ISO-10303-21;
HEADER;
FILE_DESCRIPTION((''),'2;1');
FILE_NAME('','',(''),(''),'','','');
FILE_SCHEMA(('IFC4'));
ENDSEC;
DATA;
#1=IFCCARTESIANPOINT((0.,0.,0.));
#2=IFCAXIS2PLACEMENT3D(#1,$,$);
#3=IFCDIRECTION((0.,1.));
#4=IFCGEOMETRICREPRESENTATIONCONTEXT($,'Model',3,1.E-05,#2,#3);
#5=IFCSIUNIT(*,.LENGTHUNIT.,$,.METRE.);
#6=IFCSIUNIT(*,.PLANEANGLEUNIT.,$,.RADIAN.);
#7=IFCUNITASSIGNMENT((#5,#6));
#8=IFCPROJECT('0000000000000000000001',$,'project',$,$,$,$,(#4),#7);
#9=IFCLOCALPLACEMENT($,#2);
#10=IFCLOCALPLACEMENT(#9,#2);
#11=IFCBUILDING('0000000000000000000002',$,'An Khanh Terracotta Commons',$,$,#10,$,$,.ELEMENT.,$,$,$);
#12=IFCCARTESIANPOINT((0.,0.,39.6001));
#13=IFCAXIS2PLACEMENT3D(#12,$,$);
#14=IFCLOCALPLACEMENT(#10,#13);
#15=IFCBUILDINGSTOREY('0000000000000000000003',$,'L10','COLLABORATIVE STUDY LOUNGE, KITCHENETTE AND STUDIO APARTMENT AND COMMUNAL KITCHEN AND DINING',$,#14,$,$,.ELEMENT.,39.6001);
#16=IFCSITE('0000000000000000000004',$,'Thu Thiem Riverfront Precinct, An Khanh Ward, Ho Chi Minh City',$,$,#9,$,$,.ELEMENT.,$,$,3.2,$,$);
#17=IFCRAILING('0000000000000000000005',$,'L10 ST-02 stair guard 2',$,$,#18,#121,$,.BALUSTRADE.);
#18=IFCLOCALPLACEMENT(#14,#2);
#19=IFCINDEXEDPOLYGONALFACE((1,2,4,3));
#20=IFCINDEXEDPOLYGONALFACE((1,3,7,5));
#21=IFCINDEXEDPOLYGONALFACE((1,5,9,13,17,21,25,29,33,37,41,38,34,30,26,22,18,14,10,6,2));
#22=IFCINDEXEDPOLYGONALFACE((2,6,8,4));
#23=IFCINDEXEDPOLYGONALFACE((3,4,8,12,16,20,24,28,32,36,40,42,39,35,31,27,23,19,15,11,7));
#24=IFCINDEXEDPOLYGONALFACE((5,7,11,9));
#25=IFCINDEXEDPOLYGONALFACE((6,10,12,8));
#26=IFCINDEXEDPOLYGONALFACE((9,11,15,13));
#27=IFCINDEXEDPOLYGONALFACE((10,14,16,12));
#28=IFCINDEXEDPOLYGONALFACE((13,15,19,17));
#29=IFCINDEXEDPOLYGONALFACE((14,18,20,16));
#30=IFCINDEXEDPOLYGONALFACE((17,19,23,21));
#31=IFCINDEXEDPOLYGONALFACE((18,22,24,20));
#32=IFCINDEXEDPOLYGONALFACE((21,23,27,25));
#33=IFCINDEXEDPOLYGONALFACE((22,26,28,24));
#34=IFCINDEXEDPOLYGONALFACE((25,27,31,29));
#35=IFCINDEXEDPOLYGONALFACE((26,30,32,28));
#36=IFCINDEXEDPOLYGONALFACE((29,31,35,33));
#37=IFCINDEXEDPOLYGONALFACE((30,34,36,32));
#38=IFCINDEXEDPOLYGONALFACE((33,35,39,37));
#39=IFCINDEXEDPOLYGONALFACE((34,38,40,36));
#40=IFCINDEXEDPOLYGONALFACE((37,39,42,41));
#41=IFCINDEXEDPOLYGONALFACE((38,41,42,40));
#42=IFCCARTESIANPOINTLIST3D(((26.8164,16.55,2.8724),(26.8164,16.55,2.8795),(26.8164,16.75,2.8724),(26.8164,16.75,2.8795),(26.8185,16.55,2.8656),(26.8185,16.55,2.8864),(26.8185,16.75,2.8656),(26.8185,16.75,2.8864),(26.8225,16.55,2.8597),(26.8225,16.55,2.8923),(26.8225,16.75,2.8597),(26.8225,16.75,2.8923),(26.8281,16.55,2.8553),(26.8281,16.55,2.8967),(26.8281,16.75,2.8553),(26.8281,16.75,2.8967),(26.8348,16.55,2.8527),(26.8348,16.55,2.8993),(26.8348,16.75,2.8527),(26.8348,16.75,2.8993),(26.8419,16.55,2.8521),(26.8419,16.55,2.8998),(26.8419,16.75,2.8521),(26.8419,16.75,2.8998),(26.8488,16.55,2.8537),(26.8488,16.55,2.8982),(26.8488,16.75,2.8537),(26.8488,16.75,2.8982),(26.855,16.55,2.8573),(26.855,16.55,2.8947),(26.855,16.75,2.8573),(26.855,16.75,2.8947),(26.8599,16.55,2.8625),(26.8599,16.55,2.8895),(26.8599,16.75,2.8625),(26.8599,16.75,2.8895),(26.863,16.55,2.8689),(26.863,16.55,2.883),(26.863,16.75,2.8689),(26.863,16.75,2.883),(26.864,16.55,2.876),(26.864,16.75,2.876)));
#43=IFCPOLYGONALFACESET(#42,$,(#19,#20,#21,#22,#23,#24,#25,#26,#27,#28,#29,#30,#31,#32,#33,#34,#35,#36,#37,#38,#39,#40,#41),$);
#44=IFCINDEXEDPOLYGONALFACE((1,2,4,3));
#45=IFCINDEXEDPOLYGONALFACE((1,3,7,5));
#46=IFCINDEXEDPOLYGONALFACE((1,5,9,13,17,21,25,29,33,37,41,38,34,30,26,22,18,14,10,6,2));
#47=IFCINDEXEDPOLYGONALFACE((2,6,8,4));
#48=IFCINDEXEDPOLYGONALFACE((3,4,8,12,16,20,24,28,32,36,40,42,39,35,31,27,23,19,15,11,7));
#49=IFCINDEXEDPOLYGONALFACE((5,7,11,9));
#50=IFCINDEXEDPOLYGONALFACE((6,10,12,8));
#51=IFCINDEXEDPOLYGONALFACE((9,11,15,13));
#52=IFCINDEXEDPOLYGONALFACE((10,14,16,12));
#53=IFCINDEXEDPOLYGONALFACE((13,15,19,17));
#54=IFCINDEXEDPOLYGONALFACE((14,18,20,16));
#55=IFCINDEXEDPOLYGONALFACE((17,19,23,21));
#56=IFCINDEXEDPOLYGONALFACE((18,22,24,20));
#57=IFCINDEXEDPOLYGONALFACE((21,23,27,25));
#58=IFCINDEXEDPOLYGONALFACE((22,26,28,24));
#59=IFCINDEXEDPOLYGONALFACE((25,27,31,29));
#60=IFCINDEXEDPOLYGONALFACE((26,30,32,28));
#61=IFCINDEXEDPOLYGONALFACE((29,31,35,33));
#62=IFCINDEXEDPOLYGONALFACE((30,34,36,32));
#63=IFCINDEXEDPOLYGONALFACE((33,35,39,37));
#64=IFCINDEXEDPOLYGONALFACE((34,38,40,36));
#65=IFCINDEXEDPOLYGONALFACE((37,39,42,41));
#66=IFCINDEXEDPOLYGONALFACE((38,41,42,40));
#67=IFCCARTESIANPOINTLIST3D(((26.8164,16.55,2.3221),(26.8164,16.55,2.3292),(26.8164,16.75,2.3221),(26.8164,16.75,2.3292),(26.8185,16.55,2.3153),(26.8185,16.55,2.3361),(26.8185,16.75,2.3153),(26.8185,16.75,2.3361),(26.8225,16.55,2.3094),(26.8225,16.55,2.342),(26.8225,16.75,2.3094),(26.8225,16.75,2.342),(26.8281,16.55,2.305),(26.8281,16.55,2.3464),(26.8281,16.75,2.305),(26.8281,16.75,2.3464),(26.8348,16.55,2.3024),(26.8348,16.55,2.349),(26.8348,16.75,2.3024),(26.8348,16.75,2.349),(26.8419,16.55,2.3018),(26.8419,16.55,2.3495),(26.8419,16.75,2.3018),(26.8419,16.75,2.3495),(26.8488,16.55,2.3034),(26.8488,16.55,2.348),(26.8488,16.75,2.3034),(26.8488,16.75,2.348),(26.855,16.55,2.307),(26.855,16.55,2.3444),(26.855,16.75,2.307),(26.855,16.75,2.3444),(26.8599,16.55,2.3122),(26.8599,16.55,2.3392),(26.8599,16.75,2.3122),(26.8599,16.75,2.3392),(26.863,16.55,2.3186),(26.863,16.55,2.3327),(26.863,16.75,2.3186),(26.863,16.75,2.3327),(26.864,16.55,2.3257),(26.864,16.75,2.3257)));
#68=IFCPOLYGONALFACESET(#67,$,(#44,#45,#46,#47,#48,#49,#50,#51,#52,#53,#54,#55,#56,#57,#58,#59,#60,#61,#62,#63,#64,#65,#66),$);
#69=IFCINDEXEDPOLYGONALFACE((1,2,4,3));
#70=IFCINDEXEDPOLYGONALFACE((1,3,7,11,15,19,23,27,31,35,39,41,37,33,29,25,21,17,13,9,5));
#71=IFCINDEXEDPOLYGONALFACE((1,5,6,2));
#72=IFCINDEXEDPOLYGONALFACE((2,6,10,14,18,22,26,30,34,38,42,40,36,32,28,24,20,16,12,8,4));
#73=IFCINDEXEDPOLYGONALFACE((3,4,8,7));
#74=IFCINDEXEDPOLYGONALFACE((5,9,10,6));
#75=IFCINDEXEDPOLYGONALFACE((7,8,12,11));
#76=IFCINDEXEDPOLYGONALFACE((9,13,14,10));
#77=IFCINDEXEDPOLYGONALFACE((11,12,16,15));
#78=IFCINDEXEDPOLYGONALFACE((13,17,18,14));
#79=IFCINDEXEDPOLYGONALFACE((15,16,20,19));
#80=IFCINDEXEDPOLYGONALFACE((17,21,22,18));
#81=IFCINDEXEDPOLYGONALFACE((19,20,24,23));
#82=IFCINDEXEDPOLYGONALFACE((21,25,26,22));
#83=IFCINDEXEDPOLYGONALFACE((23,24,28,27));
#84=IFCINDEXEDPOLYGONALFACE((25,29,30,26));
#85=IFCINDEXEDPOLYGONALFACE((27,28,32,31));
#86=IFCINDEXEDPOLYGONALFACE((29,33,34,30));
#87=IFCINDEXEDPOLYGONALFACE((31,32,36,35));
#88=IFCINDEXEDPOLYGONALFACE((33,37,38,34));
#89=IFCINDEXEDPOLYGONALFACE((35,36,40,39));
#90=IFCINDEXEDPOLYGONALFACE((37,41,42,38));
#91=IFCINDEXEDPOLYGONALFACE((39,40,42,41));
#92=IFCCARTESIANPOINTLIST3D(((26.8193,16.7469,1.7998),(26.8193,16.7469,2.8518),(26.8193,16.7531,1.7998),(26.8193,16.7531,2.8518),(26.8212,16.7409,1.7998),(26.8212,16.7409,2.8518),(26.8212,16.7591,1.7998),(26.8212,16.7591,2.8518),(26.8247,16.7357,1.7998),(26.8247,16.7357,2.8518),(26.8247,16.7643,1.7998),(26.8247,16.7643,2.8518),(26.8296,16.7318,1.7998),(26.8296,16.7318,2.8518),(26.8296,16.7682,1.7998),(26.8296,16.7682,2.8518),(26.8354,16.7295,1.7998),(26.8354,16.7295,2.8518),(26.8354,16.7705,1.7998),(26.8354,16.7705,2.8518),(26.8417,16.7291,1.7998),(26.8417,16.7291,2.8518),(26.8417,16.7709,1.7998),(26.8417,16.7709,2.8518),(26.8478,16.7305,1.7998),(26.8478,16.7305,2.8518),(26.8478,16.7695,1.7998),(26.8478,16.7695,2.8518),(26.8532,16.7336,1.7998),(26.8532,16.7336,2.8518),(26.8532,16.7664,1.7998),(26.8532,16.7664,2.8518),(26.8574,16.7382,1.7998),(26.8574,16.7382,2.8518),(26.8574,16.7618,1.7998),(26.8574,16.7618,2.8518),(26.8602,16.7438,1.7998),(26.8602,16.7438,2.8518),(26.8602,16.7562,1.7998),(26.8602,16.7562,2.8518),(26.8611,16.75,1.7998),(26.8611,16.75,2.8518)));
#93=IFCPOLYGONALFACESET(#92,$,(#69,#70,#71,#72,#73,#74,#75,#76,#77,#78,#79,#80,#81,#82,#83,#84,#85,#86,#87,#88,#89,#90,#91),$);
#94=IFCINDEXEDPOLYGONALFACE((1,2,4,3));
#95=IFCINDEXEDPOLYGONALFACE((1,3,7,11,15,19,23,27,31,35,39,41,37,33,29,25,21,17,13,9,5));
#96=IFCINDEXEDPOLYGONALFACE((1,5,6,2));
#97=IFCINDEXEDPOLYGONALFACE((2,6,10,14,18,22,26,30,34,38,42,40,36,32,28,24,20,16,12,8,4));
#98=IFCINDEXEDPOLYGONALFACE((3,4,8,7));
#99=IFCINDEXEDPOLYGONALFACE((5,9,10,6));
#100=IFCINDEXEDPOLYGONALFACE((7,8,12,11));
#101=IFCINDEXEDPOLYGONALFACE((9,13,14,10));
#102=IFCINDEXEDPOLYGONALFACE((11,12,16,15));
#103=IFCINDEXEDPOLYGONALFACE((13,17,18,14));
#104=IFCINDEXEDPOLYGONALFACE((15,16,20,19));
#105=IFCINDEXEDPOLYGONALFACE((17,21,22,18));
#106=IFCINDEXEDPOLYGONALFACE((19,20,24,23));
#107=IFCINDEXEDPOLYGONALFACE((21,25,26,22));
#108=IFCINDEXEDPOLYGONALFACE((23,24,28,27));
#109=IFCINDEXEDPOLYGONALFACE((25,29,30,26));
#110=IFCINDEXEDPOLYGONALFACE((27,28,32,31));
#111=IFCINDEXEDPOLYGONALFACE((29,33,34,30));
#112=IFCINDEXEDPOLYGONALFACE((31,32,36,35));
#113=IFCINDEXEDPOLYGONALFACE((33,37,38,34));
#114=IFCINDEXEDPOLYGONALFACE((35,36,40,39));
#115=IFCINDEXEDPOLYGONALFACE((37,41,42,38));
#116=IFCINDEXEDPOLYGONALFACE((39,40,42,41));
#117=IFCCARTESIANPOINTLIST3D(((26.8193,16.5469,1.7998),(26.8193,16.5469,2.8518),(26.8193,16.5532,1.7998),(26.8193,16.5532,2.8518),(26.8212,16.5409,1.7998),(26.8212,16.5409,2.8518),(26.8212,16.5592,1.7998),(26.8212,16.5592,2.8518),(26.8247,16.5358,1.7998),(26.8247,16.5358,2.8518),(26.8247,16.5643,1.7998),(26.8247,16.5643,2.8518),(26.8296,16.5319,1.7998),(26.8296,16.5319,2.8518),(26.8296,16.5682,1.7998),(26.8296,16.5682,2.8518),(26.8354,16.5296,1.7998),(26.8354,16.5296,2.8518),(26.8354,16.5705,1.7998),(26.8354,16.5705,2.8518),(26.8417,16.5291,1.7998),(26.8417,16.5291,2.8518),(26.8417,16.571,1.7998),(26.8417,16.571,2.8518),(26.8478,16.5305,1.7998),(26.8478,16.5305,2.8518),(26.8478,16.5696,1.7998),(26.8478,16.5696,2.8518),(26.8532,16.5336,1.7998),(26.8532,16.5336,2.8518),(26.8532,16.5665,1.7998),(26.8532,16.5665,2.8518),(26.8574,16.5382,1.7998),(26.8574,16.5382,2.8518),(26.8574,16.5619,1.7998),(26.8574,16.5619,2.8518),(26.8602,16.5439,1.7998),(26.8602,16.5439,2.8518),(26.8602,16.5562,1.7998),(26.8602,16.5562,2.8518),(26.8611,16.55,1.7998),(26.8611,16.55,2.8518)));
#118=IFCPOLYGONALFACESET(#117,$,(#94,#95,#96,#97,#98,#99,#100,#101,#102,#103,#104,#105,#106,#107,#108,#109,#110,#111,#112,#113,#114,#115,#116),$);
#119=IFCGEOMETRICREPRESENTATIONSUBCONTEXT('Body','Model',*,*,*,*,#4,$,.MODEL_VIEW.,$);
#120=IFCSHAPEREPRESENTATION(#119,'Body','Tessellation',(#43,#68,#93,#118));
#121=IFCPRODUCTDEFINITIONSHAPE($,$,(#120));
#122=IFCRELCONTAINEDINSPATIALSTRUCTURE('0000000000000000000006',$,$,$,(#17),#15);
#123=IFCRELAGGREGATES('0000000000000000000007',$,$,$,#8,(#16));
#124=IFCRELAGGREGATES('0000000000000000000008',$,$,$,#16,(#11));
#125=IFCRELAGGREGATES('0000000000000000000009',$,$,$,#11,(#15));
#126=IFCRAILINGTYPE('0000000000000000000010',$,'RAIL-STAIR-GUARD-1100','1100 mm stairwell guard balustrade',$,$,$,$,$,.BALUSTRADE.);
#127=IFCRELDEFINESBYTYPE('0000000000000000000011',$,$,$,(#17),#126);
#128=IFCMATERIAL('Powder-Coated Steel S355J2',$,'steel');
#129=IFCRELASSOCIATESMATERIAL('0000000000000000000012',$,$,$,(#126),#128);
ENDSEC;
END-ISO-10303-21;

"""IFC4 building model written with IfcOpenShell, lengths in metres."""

from ifc_helpers import new_model, si_unit, direction, frame, origin, origin_2d, place, context, subcontext, project, spatial, circle, extrude, material, type_object, element, save


model = new_model("IFC4")

# Units and contexts
model_context = context("Model", 3, precision=1e-05, world=origin(), true_north=direction((0.0, 1.0)))
body_context = subcontext(model_context, "Body", "Model", "MODEL_VIEW")
ifc_project = project(units=[si_unit("LENGTHUNIT", "METRE"), si_unit("PLANEANGLEUNIT", "RADIAN")], contexts=[model_context])

# Site, building, storey
site_placement = place(None, origin())
site = spatial("IfcSite", under=ifc_project, at=site_placement, Name="Thu Thiem Riverfront Precinct, An Khanh Ward, Ho Chi Minh City", CompositionType="ELEMENT", RefElevation=3.2)
building_placement = place(site_placement, origin())
building = spatial("IfcBuilding", under=site, at=building_placement, Name="An Khanh Terracotta Commons", CompositionType="ELEMENT")
storey_placement = place(building_placement, frame((0.0, 0.0, 39.6001)))
storey = spatial("IfcBuildingStorey", under=building, at=storey_placement, Name="L10", Description="COLLABORATIVE STUDY LOUNGE, KITCHENETTE AND STUDIO APARTMENT AND COMMUNAL KITCHEN AND DINING", CompositionType="ELEMENT", Elevation=39.6001)

# Railing
ifc_material_1 = material(Name="Powder-Coated Steel S355J2", Category="steel")
railing_type_1 = type_object("IfcRailingType", Name="RAIL-STAIR-GUARD-1100", Description="1100 mm stairwell guard balustrade", PredefinedType="BALUSTRADE", material=ifc_material_1)
railing_1_placement = place(storey_placement, frame((26.8401, 16.75, 1.7998)))
element("IfcRailing", 1, at=railing_1_placement, inside=storey, type_object=railing_type_1, Name="L10 ST-02 stair guard 2", PredefinedType="BALUSTRADE", context=body_context, shape_type="SweptSolid", body=[
    extrude(circle(Radius=0.0239, at=origin_2d()), frame((0.0, 0.0, 1.0762), z_axis=(0.0, -1.0, 0.0), x_axis=(1.0, 0.0, 0.0)), (0.0, 0.0, 1.0), 0.2),
    extrude(circle(Radius=0.0239, at=origin_2d()), frame((0.0, 0.0, 0.5259), z_axis=(0.0, -1.0, 0.0), x_axis=(1.0, 0.0, 0.0)), (0.0, 0.0, 1.0), 0.2),
    extrude(circle(Radius=0.021, at=origin_2d()), origin(), (0.0, 0.0, 1.0), 1.052),
    extrude(circle(Radius=0.021, at=origin_2d()), frame((0.0, -0.2, 0.0)), (0.0, 0.0, 1.0), 1.052),
])

save(model, "model.ifc")
